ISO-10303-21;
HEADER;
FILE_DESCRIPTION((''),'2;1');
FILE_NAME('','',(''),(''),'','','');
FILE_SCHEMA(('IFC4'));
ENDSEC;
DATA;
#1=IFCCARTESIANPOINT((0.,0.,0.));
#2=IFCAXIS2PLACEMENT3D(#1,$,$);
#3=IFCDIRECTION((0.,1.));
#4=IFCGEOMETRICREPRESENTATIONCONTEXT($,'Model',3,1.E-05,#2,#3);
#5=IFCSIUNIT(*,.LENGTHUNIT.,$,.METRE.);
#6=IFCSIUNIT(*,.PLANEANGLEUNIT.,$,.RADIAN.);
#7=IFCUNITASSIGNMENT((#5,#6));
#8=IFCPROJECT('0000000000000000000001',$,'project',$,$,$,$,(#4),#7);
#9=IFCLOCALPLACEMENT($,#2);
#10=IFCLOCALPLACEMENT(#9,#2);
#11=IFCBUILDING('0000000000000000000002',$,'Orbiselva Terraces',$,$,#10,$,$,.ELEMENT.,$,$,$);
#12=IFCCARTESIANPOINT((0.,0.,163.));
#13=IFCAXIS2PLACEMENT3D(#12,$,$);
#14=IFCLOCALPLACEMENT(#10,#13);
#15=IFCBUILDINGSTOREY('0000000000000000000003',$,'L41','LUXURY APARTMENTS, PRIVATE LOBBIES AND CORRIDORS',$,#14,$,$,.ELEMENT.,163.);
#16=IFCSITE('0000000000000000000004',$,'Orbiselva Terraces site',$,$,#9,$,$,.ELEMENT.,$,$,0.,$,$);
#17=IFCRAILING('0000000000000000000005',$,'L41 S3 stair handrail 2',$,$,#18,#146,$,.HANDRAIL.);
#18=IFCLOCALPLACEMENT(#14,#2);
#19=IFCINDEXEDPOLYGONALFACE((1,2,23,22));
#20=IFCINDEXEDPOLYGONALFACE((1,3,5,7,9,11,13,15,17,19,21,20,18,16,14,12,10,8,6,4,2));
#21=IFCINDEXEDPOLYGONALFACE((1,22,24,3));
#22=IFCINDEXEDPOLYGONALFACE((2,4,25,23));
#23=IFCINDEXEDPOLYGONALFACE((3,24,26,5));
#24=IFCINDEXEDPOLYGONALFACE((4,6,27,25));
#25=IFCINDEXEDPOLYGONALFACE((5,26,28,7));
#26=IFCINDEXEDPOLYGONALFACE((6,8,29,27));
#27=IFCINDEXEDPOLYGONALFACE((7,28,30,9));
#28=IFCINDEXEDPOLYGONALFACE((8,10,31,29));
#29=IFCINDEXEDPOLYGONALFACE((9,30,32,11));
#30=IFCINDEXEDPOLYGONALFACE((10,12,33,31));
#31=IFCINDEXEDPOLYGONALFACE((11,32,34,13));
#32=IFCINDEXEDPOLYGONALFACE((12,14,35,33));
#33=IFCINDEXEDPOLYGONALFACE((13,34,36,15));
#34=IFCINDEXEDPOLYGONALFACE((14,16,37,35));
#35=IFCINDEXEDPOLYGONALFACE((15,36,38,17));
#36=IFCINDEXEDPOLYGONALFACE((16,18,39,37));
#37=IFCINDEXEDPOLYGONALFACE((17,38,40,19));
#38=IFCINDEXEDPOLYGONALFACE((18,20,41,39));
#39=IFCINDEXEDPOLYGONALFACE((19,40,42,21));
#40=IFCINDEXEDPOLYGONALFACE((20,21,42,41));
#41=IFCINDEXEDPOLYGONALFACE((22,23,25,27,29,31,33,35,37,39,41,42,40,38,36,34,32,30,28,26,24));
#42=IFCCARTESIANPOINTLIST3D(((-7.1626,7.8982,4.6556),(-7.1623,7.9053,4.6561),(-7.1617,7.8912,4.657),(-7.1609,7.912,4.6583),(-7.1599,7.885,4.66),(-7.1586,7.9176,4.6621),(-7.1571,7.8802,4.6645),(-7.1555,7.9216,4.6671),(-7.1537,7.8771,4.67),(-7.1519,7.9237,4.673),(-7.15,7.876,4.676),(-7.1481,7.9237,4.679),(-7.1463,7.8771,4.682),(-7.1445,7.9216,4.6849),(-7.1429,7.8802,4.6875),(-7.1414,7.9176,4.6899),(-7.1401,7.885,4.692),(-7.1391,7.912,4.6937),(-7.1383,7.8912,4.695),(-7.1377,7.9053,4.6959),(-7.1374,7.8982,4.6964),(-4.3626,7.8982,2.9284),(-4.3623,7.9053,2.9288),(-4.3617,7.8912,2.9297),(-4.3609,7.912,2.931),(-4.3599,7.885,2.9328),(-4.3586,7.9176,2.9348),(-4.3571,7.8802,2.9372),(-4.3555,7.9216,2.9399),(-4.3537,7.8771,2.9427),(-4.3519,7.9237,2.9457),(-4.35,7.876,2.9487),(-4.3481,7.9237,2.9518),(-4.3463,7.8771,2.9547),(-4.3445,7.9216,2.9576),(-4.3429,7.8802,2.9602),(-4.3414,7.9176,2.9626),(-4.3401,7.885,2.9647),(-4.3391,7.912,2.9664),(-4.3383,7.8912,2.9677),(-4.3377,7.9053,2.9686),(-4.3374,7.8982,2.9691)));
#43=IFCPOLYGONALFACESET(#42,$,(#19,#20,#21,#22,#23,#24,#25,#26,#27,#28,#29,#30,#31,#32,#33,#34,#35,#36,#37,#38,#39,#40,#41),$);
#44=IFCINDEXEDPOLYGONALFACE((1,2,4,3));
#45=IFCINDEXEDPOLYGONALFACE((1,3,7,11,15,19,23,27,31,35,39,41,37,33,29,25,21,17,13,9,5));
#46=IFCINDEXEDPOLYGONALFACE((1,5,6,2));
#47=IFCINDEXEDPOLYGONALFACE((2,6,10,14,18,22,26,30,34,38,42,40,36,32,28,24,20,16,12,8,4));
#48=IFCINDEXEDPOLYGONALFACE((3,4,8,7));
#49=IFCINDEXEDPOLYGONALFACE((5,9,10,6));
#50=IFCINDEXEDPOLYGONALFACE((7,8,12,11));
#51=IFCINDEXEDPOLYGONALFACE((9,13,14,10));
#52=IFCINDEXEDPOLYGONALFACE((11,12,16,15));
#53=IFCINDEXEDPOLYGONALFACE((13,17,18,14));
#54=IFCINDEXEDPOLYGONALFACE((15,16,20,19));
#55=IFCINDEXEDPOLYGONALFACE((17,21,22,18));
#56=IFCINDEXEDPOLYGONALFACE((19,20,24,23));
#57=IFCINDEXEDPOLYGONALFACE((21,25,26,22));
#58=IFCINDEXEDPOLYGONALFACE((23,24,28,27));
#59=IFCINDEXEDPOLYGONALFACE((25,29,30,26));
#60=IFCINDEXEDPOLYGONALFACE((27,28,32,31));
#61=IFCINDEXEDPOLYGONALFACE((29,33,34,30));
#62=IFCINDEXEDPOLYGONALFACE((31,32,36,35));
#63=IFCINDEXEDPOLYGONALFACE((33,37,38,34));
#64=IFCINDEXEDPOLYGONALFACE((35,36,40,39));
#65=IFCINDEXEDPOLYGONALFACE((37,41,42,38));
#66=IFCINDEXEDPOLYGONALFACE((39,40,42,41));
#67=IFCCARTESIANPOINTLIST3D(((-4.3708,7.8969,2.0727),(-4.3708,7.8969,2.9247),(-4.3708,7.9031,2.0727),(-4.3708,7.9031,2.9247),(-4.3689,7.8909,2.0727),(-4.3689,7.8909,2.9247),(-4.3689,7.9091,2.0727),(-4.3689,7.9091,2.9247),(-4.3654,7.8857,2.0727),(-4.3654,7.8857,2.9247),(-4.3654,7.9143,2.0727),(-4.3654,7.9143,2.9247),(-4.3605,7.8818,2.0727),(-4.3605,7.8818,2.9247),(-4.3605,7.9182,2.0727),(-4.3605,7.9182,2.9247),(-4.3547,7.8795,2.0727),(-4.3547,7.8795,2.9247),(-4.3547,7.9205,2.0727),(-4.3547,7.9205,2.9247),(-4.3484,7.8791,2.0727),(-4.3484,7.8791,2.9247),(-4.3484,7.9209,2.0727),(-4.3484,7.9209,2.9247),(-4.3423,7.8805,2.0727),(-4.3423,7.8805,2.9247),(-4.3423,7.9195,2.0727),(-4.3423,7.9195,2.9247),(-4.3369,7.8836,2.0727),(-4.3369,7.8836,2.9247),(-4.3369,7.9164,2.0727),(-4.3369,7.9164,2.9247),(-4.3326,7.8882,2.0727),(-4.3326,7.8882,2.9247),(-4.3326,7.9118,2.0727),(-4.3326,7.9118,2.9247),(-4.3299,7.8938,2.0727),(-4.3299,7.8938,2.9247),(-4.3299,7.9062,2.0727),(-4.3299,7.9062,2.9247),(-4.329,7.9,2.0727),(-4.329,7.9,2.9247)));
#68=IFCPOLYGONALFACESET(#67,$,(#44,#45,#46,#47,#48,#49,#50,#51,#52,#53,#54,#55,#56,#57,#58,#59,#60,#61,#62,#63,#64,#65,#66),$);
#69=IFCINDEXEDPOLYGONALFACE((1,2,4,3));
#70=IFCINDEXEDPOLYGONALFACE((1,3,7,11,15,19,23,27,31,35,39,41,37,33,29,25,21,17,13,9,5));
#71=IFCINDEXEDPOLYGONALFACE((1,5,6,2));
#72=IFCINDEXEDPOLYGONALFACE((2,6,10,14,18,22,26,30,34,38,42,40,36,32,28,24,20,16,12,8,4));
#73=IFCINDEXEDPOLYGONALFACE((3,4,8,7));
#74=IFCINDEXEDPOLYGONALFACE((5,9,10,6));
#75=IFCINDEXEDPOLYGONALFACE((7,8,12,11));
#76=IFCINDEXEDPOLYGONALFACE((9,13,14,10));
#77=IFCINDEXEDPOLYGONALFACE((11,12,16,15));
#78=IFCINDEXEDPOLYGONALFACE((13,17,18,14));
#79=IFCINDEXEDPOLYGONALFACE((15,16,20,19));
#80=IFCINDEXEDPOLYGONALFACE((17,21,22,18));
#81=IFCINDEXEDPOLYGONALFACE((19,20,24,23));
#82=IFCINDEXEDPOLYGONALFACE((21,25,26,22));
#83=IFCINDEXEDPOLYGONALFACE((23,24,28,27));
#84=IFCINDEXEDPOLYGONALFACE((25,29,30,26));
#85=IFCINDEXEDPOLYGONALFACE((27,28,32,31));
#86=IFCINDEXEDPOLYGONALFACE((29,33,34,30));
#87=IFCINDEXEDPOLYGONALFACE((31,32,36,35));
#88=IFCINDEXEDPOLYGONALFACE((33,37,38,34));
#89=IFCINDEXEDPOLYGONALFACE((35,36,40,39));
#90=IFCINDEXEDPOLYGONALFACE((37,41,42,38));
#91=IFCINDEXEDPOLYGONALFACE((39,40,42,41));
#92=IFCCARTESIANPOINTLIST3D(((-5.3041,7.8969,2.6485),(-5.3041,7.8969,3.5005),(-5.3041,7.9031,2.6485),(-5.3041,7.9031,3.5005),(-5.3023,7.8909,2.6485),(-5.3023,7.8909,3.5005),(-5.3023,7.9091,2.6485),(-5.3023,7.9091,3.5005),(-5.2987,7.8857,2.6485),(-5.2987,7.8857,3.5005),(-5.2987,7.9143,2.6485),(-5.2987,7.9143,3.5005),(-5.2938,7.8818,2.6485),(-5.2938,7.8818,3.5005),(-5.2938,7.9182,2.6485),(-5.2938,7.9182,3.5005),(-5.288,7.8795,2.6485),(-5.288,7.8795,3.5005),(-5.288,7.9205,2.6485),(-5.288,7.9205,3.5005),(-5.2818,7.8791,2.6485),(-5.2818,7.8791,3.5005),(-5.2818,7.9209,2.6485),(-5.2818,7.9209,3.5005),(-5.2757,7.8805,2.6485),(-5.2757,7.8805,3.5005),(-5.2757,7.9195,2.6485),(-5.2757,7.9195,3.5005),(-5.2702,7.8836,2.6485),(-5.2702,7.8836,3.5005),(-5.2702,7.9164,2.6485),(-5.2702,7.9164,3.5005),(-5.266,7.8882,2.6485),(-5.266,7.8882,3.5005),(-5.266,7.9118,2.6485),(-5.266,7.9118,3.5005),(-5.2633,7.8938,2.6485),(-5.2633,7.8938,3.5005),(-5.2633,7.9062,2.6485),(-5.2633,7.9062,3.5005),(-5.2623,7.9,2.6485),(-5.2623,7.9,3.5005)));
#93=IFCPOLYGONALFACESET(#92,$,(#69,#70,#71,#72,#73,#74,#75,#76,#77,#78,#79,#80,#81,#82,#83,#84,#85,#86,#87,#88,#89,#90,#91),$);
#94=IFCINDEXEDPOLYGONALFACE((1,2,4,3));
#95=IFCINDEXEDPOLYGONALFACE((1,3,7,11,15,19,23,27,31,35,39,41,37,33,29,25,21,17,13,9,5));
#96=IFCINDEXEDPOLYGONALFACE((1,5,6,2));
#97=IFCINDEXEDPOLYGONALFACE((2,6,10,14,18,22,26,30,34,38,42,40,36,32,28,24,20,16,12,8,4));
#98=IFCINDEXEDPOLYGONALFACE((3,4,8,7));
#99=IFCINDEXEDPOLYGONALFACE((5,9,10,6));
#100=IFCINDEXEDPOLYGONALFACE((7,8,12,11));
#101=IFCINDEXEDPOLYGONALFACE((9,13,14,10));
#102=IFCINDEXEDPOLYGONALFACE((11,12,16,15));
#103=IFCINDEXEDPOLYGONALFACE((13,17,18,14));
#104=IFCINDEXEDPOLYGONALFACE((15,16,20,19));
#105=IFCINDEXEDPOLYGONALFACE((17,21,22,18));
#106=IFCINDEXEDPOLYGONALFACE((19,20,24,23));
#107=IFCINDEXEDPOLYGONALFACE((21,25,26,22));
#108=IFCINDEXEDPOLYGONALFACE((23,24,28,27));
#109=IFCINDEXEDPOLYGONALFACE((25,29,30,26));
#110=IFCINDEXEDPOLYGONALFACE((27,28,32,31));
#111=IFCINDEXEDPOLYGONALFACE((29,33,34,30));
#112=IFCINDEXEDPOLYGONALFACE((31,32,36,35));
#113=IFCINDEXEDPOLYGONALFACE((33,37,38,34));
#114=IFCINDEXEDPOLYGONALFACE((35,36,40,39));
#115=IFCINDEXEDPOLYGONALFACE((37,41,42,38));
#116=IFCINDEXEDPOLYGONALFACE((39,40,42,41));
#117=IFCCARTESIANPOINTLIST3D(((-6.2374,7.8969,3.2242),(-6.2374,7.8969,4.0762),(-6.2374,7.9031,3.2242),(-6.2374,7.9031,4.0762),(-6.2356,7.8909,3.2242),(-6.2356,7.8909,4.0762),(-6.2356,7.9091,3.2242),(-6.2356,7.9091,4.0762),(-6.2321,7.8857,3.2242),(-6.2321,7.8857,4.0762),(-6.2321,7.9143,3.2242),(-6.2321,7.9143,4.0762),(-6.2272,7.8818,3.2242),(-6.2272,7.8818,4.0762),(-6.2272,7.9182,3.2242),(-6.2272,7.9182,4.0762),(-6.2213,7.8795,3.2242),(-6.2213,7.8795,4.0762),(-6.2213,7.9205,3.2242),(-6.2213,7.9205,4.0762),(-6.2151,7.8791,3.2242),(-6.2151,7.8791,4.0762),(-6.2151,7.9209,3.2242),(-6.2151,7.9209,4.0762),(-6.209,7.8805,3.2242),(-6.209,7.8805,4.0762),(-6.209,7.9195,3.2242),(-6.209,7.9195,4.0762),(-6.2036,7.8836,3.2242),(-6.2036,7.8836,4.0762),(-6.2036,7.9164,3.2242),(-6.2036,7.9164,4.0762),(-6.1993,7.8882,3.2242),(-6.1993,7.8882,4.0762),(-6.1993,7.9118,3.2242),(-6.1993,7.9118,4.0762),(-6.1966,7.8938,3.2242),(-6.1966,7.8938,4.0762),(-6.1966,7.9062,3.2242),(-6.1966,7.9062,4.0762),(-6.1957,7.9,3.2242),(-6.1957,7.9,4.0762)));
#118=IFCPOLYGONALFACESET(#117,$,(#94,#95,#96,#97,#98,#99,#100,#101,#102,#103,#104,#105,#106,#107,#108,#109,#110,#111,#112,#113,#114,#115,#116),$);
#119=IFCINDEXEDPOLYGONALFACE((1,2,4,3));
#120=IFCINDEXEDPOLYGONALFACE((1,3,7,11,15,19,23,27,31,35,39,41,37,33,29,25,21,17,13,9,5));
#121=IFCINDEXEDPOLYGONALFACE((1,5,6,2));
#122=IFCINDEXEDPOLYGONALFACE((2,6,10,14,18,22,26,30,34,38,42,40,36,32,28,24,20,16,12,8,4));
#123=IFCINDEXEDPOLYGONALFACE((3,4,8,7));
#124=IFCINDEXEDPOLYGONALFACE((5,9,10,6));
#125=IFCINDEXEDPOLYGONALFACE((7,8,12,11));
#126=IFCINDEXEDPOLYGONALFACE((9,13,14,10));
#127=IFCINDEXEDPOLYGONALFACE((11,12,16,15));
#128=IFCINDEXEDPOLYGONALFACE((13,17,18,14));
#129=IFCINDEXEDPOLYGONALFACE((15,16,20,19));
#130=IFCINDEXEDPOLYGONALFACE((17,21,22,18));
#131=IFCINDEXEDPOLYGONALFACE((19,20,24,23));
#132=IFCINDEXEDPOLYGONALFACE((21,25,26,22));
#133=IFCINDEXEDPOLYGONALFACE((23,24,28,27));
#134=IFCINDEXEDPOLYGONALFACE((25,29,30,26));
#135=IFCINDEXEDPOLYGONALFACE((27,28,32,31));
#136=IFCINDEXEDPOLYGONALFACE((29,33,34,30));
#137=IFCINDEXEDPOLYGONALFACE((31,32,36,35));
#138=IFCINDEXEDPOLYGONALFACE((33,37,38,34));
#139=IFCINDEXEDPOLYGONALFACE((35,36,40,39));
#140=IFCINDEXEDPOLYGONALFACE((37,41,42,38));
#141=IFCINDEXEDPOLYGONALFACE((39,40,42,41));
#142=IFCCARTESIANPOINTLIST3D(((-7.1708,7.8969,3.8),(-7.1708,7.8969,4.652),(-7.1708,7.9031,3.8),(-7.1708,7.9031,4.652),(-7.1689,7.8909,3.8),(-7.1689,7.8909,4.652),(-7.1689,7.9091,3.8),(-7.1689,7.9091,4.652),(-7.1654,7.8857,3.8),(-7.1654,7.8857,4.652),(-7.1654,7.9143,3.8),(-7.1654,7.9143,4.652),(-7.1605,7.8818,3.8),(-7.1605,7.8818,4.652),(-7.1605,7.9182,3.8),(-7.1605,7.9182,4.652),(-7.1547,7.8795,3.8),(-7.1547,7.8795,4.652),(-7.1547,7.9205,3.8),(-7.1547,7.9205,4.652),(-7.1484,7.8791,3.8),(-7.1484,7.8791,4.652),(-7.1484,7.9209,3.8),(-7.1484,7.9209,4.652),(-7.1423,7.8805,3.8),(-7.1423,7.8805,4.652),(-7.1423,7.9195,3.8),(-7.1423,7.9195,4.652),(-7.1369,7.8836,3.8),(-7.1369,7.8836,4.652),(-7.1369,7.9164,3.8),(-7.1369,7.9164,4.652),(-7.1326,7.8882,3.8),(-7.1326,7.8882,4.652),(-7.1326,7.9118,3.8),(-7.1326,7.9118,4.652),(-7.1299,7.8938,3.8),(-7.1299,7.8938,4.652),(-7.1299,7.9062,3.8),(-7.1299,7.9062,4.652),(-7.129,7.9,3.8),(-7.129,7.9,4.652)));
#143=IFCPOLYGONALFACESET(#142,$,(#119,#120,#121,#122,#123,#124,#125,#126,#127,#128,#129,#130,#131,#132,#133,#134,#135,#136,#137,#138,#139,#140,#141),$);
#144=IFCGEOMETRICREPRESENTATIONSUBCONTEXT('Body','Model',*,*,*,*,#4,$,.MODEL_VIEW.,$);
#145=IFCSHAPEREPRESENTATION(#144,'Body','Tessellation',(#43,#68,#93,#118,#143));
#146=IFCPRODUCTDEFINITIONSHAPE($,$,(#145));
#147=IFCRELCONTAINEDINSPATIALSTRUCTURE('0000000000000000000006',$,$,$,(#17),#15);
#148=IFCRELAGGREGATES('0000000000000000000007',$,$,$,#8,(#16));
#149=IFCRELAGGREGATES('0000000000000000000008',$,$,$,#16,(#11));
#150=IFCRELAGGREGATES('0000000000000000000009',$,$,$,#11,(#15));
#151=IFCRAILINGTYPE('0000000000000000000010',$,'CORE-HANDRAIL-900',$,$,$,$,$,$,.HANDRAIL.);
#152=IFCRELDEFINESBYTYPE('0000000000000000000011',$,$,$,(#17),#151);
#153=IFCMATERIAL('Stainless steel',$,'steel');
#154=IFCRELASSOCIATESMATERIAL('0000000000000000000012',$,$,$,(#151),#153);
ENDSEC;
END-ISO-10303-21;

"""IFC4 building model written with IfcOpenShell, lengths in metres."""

from ifc_helpers import new_model, si_unit, direction, frame, origin, origin_2d, place, context, subcontext, project, spatial, circle, extrude, material, type_object, element, save


model = new_model("IFC4")

# Units and contexts
model_context = context("Model", 3, precision=1e-05, world=origin(), true_north=direction((0.0, 1.0)))
body_context = subcontext(model_context, "Body", "Model", "MODEL_VIEW")
ifc_project = project(units=[si_unit("LENGTHUNIT", "METRE"), si_unit("PLANEANGLEUNIT", "RADIAN")], contexts=[model_context])

# Site, building, storey
site_placement = place(None, origin())
site = spatial("IfcSite", under=ifc_project, at=site_placement, Name="Orbiselva Terraces site", CompositionType="ELEMENT", RefElevation=0.0)
building_placement = place(site_placement, origin())
building = spatial("IfcBuilding", under=site, at=building_placement, Name="Orbiselva Terraces", CompositionType="ELEMENT")
storey_placement = place(building_placement, frame((0.0, 0.0, 163.0)))
storey = spatial("IfcBuildingStorey", under=building, at=storey_placement, Name="L41", Description="LUXURY APARTMENTS, PRIVATE LOBBIES AND CORRIDORS", CompositionType="ELEMENT", Elevation=163.0)

# Railing
ifc_material_1 = material(Name="Stainless steel", Category="steel")
railing_type_1 = type_object("IfcRailingType", Name="CORE-HANDRAIL-900", PredefinedType="HANDRAIL", material=ifc_material_1)
railing_1_placement = place(storey_placement, frame((-4.35, 7.9, 2.0727)))
element("IfcRailing", 1, at=railing_1_placement, inside=storey, type_object=railing_type_1, Name="L41 S3 stair handrail 2", PredefinedType="HANDRAIL", context=body_context, shape_type="SweptSolid", body=[
    extrude(circle(Radius=0.024, at=origin_2d()), frame((0.0, 0.0, 0.876), z_axis=(-0.851089, 0.0, 0.525022), x_axis=(0.0, -1.0, 0.0)), (0.0, 0.0, 1.0), 3.2899),
    extrude(circle(Radius=0.021, at=origin_2d()), origin(), (0.0, 0.0, 1.0), 0.852),
    extrude(circle(Radius=0.021, at=origin_2d()), frame((-0.9333, 0.0, 0.5758)), (0.0, 0.0, 1.0), 0.852),
    extrude(circle(Radius=0.021, at=origin_2d()), frame((-1.8667, 0.0, 1.1515)), (0.0, 0.0, 1.0), 0.852),
    extrude(circle(Radius=0.021, at=origin_2d()), frame((-2.8, 0.0, 1.7273)), (0.0, 0.0, 1.0), 0.852),
])

save(model, "model.ifc")
